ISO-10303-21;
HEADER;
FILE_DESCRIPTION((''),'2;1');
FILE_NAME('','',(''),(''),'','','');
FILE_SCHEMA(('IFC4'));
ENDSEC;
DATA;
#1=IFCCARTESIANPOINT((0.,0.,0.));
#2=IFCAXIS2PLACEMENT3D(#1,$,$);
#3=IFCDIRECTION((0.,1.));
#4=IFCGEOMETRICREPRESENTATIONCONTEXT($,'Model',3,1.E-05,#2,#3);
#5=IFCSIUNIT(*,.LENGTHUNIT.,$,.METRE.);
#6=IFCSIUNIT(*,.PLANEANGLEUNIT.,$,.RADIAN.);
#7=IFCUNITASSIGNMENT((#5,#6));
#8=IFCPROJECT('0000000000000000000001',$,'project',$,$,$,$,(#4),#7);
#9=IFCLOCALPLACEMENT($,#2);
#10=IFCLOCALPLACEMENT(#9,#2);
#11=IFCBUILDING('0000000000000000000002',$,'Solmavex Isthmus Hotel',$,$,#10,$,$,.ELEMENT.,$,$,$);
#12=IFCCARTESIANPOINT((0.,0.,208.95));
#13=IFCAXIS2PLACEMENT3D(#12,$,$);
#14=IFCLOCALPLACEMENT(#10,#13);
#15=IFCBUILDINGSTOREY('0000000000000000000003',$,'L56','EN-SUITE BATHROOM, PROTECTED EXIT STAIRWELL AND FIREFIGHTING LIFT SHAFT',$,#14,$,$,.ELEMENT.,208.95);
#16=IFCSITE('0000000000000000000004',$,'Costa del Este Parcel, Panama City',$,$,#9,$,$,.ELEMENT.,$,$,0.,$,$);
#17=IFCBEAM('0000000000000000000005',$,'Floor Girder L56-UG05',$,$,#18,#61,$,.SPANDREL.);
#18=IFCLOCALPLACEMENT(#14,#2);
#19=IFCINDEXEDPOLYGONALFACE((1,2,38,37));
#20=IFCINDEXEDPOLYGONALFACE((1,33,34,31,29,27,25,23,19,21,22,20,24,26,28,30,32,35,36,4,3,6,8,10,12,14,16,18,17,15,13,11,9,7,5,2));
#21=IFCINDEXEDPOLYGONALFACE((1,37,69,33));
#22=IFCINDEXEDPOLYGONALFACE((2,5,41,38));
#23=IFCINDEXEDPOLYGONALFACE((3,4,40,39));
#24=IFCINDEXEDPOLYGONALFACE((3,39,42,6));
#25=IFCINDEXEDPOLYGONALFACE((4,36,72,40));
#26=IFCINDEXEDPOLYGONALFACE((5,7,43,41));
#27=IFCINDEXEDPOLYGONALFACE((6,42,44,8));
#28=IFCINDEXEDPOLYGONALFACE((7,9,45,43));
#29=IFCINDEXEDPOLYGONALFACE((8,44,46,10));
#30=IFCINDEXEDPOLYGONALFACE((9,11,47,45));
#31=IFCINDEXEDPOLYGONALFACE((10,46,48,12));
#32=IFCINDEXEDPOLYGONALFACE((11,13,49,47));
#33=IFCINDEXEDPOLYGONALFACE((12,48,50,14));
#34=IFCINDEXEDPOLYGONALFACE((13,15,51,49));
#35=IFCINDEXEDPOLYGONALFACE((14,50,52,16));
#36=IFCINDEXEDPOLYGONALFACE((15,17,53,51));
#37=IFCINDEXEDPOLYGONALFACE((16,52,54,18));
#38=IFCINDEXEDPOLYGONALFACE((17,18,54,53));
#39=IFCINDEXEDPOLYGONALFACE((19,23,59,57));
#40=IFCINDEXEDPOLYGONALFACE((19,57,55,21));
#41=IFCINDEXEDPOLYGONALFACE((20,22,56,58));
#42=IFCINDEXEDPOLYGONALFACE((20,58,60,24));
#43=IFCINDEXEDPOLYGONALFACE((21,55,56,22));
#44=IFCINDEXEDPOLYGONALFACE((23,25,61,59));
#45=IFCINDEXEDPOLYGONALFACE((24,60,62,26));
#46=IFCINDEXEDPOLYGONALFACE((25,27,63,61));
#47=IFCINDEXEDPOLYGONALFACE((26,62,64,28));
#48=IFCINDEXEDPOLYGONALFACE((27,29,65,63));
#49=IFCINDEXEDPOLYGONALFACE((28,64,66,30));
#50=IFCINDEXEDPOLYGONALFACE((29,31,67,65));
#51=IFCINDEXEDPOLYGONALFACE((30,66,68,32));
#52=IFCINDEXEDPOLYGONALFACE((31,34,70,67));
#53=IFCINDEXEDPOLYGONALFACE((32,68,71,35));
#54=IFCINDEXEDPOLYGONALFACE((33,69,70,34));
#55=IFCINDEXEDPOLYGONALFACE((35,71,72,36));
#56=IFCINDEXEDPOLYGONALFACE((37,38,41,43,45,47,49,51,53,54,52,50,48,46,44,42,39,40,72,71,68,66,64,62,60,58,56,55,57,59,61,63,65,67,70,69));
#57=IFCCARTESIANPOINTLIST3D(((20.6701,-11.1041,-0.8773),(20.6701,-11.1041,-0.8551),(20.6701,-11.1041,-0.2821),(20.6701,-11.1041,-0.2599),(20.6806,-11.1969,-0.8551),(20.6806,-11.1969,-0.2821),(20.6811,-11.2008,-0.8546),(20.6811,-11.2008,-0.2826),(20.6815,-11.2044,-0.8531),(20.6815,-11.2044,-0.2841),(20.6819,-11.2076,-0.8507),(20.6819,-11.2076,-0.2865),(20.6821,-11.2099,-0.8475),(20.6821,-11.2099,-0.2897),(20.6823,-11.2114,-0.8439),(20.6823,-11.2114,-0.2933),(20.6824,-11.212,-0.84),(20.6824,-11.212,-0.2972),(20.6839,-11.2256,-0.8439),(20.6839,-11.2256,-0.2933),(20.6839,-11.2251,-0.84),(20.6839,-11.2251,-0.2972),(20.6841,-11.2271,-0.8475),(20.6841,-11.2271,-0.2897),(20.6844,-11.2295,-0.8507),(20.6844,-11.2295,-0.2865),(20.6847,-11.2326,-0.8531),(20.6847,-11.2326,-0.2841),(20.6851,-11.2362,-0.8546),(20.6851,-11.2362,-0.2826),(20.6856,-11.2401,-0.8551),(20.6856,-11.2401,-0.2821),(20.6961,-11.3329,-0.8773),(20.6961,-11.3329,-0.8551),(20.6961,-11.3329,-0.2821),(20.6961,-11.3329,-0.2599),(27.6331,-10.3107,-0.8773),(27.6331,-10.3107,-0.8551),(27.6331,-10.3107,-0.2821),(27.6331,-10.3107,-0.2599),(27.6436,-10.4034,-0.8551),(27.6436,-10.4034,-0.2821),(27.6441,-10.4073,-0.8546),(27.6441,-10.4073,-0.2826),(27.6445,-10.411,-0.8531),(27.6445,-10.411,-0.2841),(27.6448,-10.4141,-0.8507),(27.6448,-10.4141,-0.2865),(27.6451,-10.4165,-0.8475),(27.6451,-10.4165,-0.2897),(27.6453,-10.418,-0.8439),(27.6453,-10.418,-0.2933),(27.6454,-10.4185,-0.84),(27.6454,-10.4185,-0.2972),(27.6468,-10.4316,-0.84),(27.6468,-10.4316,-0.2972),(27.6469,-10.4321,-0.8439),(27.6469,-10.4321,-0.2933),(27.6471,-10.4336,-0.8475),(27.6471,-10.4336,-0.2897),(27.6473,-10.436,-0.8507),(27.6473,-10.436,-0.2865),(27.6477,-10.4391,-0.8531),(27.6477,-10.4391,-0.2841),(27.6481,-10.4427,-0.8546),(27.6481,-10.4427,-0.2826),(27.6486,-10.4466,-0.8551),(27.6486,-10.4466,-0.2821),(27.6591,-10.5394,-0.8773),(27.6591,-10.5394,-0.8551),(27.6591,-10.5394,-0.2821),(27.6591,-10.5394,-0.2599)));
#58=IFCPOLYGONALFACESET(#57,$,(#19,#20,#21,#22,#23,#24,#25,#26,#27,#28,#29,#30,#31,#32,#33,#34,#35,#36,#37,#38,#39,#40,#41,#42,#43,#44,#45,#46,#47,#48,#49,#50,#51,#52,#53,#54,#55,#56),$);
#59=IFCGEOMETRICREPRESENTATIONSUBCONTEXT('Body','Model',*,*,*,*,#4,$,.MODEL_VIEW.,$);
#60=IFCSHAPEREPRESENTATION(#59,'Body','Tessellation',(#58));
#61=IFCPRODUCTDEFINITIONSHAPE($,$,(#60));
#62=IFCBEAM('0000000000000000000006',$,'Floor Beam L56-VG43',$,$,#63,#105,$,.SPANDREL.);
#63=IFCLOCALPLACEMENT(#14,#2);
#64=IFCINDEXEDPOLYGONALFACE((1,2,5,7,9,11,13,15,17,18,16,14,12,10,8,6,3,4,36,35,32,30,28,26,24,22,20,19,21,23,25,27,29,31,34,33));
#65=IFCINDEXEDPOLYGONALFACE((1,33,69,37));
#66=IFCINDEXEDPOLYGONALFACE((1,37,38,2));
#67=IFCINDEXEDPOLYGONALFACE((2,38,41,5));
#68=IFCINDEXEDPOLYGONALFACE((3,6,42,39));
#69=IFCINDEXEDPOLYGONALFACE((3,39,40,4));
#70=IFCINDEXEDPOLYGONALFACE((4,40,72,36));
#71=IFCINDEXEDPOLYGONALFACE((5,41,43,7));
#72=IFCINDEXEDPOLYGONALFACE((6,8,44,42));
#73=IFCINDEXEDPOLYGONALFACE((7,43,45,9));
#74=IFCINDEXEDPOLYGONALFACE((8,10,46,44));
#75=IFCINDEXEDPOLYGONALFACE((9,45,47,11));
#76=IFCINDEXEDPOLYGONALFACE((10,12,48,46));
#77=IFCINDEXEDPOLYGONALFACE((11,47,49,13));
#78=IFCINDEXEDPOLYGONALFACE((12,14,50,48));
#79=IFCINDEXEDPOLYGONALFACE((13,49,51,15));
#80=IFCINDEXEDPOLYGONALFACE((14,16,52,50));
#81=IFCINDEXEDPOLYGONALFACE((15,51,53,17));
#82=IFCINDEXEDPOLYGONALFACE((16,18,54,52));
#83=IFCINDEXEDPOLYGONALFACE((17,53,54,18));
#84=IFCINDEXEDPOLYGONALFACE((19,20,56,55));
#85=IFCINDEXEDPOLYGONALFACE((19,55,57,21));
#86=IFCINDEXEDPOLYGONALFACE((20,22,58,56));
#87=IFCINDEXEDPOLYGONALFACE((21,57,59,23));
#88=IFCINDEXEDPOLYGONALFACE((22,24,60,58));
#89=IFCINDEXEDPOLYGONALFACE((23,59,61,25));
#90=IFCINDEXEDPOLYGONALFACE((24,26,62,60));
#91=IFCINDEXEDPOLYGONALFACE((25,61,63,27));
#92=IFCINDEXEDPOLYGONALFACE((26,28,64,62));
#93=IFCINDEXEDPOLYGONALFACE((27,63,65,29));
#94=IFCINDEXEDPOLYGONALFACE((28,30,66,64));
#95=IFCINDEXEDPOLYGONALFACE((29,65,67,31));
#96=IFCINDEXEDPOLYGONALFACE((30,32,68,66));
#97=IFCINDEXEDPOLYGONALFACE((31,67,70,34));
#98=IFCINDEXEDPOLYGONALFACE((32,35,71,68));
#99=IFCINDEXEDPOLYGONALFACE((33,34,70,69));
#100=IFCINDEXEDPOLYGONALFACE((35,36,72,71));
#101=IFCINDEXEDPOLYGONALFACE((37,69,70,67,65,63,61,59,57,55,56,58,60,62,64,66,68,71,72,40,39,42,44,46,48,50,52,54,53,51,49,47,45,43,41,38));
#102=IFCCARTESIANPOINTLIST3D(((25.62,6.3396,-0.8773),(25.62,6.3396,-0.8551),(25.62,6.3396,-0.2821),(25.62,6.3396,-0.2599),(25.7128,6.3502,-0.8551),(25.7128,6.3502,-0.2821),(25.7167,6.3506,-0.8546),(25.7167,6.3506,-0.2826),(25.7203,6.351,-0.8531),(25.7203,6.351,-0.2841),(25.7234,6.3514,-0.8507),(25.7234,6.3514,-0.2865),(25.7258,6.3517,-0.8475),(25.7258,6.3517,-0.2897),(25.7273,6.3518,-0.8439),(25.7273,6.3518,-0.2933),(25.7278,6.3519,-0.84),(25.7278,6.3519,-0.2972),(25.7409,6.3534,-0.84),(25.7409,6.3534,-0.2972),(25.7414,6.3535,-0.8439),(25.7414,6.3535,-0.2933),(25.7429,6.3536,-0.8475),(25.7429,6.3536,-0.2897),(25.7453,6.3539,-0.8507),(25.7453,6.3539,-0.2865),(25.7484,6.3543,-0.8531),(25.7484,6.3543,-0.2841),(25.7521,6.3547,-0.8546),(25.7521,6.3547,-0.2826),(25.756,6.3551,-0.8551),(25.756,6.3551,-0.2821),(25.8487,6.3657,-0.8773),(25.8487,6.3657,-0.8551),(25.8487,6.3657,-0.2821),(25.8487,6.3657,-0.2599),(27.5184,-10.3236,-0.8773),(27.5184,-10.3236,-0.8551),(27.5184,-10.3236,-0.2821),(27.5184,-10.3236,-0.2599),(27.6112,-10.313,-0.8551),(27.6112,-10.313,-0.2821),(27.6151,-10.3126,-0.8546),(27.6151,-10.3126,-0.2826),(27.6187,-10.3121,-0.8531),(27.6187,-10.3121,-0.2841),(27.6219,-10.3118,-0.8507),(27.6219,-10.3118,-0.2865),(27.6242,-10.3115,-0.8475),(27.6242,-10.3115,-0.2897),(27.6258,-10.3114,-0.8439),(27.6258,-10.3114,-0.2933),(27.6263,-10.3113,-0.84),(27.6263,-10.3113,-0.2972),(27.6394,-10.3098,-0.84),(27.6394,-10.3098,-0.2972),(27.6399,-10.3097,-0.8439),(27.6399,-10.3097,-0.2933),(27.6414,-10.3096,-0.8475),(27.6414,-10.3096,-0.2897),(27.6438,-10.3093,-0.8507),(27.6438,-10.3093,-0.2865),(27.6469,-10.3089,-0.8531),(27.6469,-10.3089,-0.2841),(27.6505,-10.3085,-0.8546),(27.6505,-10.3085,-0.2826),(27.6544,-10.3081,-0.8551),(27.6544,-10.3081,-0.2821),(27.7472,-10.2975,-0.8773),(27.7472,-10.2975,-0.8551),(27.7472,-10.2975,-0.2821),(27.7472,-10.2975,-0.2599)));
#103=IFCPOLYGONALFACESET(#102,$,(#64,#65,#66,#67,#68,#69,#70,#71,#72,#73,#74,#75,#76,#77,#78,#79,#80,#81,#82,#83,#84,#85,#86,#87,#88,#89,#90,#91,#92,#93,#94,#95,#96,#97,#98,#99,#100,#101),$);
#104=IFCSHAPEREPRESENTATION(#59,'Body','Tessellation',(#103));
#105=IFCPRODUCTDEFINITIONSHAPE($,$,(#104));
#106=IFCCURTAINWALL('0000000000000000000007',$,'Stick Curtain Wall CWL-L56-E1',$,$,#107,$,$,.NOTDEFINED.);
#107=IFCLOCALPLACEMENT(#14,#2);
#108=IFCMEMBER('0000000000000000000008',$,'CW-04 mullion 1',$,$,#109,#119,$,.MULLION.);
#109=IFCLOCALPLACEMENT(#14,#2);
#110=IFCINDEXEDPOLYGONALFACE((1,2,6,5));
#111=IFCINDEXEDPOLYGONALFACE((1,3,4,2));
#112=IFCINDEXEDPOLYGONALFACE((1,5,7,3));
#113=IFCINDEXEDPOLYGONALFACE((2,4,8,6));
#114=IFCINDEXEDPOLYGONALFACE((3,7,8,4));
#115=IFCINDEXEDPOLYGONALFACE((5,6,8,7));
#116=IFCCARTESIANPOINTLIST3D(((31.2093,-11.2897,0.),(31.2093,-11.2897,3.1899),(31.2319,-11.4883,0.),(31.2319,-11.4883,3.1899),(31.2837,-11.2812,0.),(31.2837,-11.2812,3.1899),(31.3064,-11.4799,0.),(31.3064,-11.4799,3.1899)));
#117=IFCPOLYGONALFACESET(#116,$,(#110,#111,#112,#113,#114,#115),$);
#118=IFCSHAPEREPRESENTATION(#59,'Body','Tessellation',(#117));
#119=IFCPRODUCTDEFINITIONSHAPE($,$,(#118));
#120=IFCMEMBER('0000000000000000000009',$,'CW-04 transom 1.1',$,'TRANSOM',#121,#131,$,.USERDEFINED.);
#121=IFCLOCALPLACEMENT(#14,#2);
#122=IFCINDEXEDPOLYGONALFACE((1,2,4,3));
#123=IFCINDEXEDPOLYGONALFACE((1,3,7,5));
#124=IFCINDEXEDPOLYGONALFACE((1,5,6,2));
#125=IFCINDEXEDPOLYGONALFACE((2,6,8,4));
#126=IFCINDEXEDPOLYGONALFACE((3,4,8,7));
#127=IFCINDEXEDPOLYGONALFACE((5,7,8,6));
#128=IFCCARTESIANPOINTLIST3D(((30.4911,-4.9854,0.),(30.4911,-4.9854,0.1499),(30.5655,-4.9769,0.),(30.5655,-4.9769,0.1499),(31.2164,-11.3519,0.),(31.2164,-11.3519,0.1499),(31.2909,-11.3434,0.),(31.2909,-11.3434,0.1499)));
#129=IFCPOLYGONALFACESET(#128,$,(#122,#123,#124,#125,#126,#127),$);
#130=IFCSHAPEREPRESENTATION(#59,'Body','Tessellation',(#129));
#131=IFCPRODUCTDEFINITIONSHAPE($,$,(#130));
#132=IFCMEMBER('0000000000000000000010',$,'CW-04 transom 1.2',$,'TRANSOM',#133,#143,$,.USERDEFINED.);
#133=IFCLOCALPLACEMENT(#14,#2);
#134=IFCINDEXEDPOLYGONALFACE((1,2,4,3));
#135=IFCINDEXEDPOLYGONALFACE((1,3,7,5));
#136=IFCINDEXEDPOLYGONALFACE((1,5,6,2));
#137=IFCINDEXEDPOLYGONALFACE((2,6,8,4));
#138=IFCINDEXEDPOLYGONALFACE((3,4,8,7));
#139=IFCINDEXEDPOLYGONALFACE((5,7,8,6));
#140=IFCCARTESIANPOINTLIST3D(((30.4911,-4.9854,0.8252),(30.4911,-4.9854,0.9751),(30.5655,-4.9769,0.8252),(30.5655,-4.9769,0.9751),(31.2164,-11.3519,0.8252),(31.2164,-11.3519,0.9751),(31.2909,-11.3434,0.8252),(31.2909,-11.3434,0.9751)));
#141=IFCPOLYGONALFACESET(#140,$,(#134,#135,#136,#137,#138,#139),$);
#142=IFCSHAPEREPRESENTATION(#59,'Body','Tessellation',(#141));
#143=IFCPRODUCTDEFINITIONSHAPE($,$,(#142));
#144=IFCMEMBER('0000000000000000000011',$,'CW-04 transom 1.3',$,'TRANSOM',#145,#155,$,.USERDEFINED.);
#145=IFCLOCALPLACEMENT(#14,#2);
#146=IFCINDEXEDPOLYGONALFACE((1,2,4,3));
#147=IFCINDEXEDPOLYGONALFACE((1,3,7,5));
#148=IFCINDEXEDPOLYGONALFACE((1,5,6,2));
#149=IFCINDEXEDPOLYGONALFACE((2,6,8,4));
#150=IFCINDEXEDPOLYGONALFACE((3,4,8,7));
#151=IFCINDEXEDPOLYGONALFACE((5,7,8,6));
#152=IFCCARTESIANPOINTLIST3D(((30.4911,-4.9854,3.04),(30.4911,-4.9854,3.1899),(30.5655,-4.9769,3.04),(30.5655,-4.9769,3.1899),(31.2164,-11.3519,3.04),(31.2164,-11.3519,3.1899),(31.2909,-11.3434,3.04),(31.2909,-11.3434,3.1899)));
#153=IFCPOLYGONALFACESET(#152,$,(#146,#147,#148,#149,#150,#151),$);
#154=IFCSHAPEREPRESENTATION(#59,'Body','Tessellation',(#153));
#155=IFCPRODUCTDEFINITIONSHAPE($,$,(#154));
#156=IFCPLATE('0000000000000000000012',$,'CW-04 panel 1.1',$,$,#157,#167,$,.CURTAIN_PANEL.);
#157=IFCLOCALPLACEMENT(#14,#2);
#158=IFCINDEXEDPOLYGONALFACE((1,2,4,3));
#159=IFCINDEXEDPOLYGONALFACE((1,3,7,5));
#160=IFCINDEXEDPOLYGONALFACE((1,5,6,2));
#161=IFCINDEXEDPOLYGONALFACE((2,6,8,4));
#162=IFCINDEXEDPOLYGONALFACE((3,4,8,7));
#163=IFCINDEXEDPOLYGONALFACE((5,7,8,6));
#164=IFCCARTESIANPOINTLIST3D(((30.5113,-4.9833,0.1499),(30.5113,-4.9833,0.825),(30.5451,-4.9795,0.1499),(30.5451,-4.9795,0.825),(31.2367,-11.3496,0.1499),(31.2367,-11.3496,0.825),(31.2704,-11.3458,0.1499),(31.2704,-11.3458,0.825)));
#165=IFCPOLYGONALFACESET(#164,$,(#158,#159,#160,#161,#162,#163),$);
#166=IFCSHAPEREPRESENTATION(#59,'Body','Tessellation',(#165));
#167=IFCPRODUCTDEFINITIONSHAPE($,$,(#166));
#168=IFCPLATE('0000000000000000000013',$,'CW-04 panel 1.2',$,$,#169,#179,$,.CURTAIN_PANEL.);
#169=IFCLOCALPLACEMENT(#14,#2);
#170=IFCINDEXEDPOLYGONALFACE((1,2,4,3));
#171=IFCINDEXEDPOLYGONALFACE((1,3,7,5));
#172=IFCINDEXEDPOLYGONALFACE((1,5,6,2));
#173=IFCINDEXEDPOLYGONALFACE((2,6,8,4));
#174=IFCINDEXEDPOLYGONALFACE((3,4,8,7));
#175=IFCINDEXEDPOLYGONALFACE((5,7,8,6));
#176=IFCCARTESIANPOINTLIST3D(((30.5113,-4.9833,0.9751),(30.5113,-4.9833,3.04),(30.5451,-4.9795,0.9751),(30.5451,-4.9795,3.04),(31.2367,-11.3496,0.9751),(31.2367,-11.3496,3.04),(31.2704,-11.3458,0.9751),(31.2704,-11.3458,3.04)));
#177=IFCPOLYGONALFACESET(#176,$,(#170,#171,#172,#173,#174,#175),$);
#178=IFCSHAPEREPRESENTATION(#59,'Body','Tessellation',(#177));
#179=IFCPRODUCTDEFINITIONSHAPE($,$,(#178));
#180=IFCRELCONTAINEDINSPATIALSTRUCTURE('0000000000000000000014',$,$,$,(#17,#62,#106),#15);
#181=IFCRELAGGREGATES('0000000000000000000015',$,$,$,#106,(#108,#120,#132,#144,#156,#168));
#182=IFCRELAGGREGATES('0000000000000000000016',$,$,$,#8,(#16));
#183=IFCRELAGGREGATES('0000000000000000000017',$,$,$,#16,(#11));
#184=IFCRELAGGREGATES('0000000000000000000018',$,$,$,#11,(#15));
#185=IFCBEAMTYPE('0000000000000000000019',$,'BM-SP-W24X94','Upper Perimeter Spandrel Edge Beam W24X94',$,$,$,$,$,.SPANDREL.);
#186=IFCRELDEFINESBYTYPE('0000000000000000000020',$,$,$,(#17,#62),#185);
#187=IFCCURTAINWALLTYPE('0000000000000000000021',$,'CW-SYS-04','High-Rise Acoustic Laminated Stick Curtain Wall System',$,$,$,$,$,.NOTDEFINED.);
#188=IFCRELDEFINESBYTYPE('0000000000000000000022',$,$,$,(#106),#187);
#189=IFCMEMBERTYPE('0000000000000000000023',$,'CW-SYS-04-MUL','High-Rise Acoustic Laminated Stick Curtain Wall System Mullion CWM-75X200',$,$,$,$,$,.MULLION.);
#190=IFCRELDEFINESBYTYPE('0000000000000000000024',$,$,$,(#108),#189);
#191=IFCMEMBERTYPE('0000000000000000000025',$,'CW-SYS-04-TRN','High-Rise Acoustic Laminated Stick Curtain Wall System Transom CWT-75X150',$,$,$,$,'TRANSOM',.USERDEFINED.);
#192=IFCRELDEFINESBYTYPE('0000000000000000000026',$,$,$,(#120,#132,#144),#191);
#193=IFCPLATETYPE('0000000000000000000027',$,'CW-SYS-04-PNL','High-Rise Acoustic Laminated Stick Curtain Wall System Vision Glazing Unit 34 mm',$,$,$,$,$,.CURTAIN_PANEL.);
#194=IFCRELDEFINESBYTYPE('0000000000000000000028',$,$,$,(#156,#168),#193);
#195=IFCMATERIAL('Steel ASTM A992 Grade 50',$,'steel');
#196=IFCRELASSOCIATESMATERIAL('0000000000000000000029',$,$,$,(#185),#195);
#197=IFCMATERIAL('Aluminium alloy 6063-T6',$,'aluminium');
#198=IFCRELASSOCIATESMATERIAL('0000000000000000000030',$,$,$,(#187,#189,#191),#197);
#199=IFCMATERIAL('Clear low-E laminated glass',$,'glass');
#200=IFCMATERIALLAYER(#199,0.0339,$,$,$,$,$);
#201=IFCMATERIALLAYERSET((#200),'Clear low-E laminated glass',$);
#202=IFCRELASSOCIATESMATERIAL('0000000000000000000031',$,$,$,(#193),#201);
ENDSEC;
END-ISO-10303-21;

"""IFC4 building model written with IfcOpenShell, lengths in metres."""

from ifc_helpers import new_model, si_unit, direction, frame, origin, origin_2d, place, context, subcontext, project, spatial, rectangle, i_section, extrude, material, layer, layer_set, material_profile, profile_set, type_object, element, aggregate, save


model = new_model("IFC4")

# Units and contexts
model_context = context("Model", 3, precision=1e-05, world=origin(), true_north=direction((0.0, 1.0)))
body_context = subcontext(model_context, "Body", "Model", "MODEL_VIEW")
ifc_project = project(units=[si_unit("LENGTHUNIT", "METRE"), si_unit("PLANEANGLEUNIT", "RADIAN")], contexts=[model_context])

# Site, building, storey
site_placement = place(None, origin())
site = spatial("IfcSite", under=ifc_project, at=site_placement, Name="Costa del Este Parcel, Panama City", CompositionType="ELEMENT", RefElevation=0.0)
building_placement = place(site_placement, origin())
building = spatial("IfcBuilding", under=site, at=building_placement, Name="Solmavex Isthmus Hotel", CompositionType="ELEMENT")
storey_placement = place(building_placement, frame((0.0, 0.0, 208.95)))
storey = spatial("IfcBuildingStorey", under=building, at=storey_placement, Name="L56", Description="EN-SUITE BATHROOM, PROTECTED EXIT STAIRWELL AND FIREFIGHTING LIFT SHAFT", CompositionType="ELEMENT", Elevation=208.95)

# Beams
ifc_material_1 = material(Name="Steel ASTM A992 Grade 50", Category="steel")
ifc_material_profile_1 = material_profile(ifc_material_1, i_section(OverallWidth=0.2302, OverallDepth=0.6174, WebThickness=0.0132, FlangeThickness=0.0222, FilletRadius=0.0151, at=origin_2d()), Name="W24X94")
ifc_profile_set_1 = profile_set([ifc_material_profile_1], Name="Steel ASTM A992 Grade 50")
beam_type_1 = type_object("IfcBeamType", Name="BM-SP-W24X94", Description="Upper Perimeter Spandrel Edge Beam W24X94", PredefinedType="SPANDREL", material=ifc_profile_set_1)
beam_1_placement = place(storey_placement, frame((20.6831, -11.2185, -0.5686), z_axis=(0.99357, 0.113222, 0.0), x_axis=(-0.113222, 0.99357, 0.0)))
element("IfcBeam", 1, at=beam_1_placement, inside=storey, type_object=beam_type_1, Name="Floor Girder L56-UG05", PredefinedType="SPANDREL", context=body_context, shape_type="SweptSolid", body=[
    extrude(i_section(OverallWidth=0.2302, OverallDepth=0.6174, WebThickness=0.0132, FlangeThickness=0.0222, FilletRadius=0.0151, at=origin_2d()), origin(), (0.0, 0.0, 1.0), 7.0081),
])
beam_2_placement = place(storey_placement, frame((27.6328, -10.3105, -0.5686), z_axis=(-0.113198, 0.993572, 0.0), x_axis=(-0.993572, -0.113198, 0.0)))
element("IfcBeam", 2, at=beam_2_placement, inside=storey, type_object=beam_type_1, Name="Floor Beam L56-VG43", PredefinedType="SPANDREL", context=body_context, shape_type="SweptSolid", body=[
    extrude(i_section(OverallWidth=0.2302, OverallDepth=0.6174, WebThickness=0.0132, FlangeThickness=0.0222, FilletRadius=0.0151, at=origin_2d()), origin(), (0.0, 0.0, 1.0), 16.771),
])

# Curtain wall, members, plates
ifc_material_2 = material(Name="Aluminium alloy 6063-T6", Category="aluminium")
curtain_wall_type = type_object("IfcCurtainWallType", Name="CW-SYS-04", Description="High-Rise Acoustic Laminated Stick Curtain Wall System", PredefinedType="NOTDEFINED", material=ifc_material_2)
curtain_wall_placement = place(storey_placement, origin())
curtain_wall = element("IfcCurtainWall", 3, at=curtain_wall_placement, inside=storey, type_object=curtain_wall_type, Name="Stick Curtain Wall CWL-L56-E1", PredefinedType="NOTDEFINED")
ifc_material_profile_2 = material_profile(ifc_material_2, rectangle(XDim=0.075, YDim=0.2, at=origin_2d()), Name="CWM-75X200")
ifc_profile_set_2 = profile_set([ifc_material_profile_2], Name="Aluminium alloy 6063-T6")
member_type_1 = type_object("IfcMemberType", Name="CW-SYS-04-MUL", Description="High-Rise Acoustic Laminated Stick Curtain Wall System Mullion CWM-75X200", PredefinedType="MULLION", material=ifc_profile_set_2)
member_1_placement = place(storey_placement, frame((31.2578, -11.3848, 0.0), z_axis=(0.0, 0.0, 1.0), x_axis=(-0.993572, -0.113203, 0.0)))
member_1 = element("IfcMember", 4, at=member_1_placement, type_object=member_type_1, Name="CW-04 mullion 1", PredefinedType="MULLION", context=body_context, shape_type="SweptSolid", body=[
    extrude(rectangle(XDim=0.075, YDim=0.2, at=origin_2d()), origin(), (0.0, 0.0, 1.0), 3.1899),
])
ifc_material_profile_3 = material_profile(ifc_material_2, rectangle(XDim=0.075, YDim=0.1499, at=origin_2d()), Name="CWT-75X150")
ifc_profile_set_3 = profile_set([ifc_material_profile_3], Name="Aluminium alloy 6063-T6")
member_type_2 = type_object("IfcMemberType", Name="CW-SYS-04-TRN", Description="High-Rise Acoustic Laminated Stick Curtain Wall System Transom CWT-75X150", ElementType="TRANSOM", PredefinedType="USERDEFINED", material=ifc_profile_set_3)
member_2_placement = place(storey_placement, frame((31.2537, -11.3477, 0.075), z_axis=(-0.113199, 0.993572, 0.0), x_axis=(-0.993572, -0.113199, 0.0)))
member_2 = element("IfcMember", 5, at=member_2_placement, type_object=member_type_2, Name="CW-04 transom 1.1", ObjectType="TRANSOM", PredefinedType="USERDEFINED", context=body_context, shape_type="SweptSolid", body=[
    extrude(rectangle(XDim=0.075, YDim=0.1499, at=origin_2d()), origin(), (0.0, 0.0, 1.0), 6.4077),
])
member_3_placement = place(storey_placement, frame((31.2537, -11.3477, 0.9001), z_axis=(-0.113199, 0.993572, 0.0), x_axis=(-0.993572, -0.113199, 0.0)))
member_3 = element("IfcMember", 6, at=member_3_placement, type_object=member_type_2, Name="CW-04 transom 1.2", ObjectType="TRANSOM", PredefinedType="USERDEFINED", context=body_context, shape_type="SweptSolid", body=[
    extrude(rectangle(XDim=0.075, YDim=0.1499, at=origin_2d()), origin(), (0.0, 0.0, 1.0), 6.4077),
])
member_4_placement = place(storey_placement, frame((31.2537, -11.3477, 3.115), z_axis=(-0.113199, 0.993572, 0.0), x_axis=(-0.993572, -0.113199, 0.0)))
member_4 = element("IfcMember", 7, at=member_4_placement, type_object=member_type_2, Name="CW-04 transom 1.3", ObjectType="TRANSOM", PredefinedType="USERDEFINED", context=body_context, shape_type="SweptSolid", body=[
    extrude(rectangle(XDim=0.075, YDim=0.1499, at=origin_2d()), origin(), (0.0, 0.0, 1.0), 6.4077),
])
ifc_material_3 = material(Name="Clear low-E laminated glass", Category="glass")
ifc_layer_1 = layer(ifc_material_3, 0.0339)
ifc_layer_set_1 = layer_set([ifc_layer_1], Name="Clear low-E laminated glass")
plate_type = type_object("IfcPlateType", Name="CW-SYS-04-PNL", Description="High-Rise Acoustic Laminated Stick Curtain Wall System Vision Glazing Unit 34 mm", PredefinedType="CURTAIN_PANEL", material=ifc_layer_set_1)
plate_1_placement = place(storey_placement, frame((30.8909, -8.1646, 0.1499), z_axis=(0.0, 0.0, 1.0), x_axis=(-0.113203, 0.993572, 0.0)))
plate_1 = element("IfcPlate", 8, at=plate_1_placement, type_object=plate_type, Name="CW-04 panel 1.1", PredefinedType="CURTAIN_PANEL", context=body_context, shape_type="SweptSolid", body=[
    extrude(rectangle(XDim=6.4075, YDim=0.0339, at=origin_2d()), origin(), (0.0, 0.0, 1.0), 0.675),
])
plate_2_placement = place(storey_placement, frame((30.8909, -8.1646, 0.9751), z_axis=(0.0, 0.0, 1.0), x_axis=(-0.113203, 0.993572, 0.0)))
plate_2 = element("IfcPlate", 9, at=plate_2_placement, type_object=plate_type, Name="CW-04 panel 1.2", PredefinedType="CURTAIN_PANEL", context=body_context, shape_type="SweptSolid", body=[
    extrude(rectangle(XDim=6.4075, YDim=0.0339, at=origin_2d()), origin(), (0.0, 0.0, 1.0), 2.0649),
])
aggregate(curtain_wall, [member_1, member_2, member_3, member_4, plate_1, plate_2])

save(model, "model.ifc")
